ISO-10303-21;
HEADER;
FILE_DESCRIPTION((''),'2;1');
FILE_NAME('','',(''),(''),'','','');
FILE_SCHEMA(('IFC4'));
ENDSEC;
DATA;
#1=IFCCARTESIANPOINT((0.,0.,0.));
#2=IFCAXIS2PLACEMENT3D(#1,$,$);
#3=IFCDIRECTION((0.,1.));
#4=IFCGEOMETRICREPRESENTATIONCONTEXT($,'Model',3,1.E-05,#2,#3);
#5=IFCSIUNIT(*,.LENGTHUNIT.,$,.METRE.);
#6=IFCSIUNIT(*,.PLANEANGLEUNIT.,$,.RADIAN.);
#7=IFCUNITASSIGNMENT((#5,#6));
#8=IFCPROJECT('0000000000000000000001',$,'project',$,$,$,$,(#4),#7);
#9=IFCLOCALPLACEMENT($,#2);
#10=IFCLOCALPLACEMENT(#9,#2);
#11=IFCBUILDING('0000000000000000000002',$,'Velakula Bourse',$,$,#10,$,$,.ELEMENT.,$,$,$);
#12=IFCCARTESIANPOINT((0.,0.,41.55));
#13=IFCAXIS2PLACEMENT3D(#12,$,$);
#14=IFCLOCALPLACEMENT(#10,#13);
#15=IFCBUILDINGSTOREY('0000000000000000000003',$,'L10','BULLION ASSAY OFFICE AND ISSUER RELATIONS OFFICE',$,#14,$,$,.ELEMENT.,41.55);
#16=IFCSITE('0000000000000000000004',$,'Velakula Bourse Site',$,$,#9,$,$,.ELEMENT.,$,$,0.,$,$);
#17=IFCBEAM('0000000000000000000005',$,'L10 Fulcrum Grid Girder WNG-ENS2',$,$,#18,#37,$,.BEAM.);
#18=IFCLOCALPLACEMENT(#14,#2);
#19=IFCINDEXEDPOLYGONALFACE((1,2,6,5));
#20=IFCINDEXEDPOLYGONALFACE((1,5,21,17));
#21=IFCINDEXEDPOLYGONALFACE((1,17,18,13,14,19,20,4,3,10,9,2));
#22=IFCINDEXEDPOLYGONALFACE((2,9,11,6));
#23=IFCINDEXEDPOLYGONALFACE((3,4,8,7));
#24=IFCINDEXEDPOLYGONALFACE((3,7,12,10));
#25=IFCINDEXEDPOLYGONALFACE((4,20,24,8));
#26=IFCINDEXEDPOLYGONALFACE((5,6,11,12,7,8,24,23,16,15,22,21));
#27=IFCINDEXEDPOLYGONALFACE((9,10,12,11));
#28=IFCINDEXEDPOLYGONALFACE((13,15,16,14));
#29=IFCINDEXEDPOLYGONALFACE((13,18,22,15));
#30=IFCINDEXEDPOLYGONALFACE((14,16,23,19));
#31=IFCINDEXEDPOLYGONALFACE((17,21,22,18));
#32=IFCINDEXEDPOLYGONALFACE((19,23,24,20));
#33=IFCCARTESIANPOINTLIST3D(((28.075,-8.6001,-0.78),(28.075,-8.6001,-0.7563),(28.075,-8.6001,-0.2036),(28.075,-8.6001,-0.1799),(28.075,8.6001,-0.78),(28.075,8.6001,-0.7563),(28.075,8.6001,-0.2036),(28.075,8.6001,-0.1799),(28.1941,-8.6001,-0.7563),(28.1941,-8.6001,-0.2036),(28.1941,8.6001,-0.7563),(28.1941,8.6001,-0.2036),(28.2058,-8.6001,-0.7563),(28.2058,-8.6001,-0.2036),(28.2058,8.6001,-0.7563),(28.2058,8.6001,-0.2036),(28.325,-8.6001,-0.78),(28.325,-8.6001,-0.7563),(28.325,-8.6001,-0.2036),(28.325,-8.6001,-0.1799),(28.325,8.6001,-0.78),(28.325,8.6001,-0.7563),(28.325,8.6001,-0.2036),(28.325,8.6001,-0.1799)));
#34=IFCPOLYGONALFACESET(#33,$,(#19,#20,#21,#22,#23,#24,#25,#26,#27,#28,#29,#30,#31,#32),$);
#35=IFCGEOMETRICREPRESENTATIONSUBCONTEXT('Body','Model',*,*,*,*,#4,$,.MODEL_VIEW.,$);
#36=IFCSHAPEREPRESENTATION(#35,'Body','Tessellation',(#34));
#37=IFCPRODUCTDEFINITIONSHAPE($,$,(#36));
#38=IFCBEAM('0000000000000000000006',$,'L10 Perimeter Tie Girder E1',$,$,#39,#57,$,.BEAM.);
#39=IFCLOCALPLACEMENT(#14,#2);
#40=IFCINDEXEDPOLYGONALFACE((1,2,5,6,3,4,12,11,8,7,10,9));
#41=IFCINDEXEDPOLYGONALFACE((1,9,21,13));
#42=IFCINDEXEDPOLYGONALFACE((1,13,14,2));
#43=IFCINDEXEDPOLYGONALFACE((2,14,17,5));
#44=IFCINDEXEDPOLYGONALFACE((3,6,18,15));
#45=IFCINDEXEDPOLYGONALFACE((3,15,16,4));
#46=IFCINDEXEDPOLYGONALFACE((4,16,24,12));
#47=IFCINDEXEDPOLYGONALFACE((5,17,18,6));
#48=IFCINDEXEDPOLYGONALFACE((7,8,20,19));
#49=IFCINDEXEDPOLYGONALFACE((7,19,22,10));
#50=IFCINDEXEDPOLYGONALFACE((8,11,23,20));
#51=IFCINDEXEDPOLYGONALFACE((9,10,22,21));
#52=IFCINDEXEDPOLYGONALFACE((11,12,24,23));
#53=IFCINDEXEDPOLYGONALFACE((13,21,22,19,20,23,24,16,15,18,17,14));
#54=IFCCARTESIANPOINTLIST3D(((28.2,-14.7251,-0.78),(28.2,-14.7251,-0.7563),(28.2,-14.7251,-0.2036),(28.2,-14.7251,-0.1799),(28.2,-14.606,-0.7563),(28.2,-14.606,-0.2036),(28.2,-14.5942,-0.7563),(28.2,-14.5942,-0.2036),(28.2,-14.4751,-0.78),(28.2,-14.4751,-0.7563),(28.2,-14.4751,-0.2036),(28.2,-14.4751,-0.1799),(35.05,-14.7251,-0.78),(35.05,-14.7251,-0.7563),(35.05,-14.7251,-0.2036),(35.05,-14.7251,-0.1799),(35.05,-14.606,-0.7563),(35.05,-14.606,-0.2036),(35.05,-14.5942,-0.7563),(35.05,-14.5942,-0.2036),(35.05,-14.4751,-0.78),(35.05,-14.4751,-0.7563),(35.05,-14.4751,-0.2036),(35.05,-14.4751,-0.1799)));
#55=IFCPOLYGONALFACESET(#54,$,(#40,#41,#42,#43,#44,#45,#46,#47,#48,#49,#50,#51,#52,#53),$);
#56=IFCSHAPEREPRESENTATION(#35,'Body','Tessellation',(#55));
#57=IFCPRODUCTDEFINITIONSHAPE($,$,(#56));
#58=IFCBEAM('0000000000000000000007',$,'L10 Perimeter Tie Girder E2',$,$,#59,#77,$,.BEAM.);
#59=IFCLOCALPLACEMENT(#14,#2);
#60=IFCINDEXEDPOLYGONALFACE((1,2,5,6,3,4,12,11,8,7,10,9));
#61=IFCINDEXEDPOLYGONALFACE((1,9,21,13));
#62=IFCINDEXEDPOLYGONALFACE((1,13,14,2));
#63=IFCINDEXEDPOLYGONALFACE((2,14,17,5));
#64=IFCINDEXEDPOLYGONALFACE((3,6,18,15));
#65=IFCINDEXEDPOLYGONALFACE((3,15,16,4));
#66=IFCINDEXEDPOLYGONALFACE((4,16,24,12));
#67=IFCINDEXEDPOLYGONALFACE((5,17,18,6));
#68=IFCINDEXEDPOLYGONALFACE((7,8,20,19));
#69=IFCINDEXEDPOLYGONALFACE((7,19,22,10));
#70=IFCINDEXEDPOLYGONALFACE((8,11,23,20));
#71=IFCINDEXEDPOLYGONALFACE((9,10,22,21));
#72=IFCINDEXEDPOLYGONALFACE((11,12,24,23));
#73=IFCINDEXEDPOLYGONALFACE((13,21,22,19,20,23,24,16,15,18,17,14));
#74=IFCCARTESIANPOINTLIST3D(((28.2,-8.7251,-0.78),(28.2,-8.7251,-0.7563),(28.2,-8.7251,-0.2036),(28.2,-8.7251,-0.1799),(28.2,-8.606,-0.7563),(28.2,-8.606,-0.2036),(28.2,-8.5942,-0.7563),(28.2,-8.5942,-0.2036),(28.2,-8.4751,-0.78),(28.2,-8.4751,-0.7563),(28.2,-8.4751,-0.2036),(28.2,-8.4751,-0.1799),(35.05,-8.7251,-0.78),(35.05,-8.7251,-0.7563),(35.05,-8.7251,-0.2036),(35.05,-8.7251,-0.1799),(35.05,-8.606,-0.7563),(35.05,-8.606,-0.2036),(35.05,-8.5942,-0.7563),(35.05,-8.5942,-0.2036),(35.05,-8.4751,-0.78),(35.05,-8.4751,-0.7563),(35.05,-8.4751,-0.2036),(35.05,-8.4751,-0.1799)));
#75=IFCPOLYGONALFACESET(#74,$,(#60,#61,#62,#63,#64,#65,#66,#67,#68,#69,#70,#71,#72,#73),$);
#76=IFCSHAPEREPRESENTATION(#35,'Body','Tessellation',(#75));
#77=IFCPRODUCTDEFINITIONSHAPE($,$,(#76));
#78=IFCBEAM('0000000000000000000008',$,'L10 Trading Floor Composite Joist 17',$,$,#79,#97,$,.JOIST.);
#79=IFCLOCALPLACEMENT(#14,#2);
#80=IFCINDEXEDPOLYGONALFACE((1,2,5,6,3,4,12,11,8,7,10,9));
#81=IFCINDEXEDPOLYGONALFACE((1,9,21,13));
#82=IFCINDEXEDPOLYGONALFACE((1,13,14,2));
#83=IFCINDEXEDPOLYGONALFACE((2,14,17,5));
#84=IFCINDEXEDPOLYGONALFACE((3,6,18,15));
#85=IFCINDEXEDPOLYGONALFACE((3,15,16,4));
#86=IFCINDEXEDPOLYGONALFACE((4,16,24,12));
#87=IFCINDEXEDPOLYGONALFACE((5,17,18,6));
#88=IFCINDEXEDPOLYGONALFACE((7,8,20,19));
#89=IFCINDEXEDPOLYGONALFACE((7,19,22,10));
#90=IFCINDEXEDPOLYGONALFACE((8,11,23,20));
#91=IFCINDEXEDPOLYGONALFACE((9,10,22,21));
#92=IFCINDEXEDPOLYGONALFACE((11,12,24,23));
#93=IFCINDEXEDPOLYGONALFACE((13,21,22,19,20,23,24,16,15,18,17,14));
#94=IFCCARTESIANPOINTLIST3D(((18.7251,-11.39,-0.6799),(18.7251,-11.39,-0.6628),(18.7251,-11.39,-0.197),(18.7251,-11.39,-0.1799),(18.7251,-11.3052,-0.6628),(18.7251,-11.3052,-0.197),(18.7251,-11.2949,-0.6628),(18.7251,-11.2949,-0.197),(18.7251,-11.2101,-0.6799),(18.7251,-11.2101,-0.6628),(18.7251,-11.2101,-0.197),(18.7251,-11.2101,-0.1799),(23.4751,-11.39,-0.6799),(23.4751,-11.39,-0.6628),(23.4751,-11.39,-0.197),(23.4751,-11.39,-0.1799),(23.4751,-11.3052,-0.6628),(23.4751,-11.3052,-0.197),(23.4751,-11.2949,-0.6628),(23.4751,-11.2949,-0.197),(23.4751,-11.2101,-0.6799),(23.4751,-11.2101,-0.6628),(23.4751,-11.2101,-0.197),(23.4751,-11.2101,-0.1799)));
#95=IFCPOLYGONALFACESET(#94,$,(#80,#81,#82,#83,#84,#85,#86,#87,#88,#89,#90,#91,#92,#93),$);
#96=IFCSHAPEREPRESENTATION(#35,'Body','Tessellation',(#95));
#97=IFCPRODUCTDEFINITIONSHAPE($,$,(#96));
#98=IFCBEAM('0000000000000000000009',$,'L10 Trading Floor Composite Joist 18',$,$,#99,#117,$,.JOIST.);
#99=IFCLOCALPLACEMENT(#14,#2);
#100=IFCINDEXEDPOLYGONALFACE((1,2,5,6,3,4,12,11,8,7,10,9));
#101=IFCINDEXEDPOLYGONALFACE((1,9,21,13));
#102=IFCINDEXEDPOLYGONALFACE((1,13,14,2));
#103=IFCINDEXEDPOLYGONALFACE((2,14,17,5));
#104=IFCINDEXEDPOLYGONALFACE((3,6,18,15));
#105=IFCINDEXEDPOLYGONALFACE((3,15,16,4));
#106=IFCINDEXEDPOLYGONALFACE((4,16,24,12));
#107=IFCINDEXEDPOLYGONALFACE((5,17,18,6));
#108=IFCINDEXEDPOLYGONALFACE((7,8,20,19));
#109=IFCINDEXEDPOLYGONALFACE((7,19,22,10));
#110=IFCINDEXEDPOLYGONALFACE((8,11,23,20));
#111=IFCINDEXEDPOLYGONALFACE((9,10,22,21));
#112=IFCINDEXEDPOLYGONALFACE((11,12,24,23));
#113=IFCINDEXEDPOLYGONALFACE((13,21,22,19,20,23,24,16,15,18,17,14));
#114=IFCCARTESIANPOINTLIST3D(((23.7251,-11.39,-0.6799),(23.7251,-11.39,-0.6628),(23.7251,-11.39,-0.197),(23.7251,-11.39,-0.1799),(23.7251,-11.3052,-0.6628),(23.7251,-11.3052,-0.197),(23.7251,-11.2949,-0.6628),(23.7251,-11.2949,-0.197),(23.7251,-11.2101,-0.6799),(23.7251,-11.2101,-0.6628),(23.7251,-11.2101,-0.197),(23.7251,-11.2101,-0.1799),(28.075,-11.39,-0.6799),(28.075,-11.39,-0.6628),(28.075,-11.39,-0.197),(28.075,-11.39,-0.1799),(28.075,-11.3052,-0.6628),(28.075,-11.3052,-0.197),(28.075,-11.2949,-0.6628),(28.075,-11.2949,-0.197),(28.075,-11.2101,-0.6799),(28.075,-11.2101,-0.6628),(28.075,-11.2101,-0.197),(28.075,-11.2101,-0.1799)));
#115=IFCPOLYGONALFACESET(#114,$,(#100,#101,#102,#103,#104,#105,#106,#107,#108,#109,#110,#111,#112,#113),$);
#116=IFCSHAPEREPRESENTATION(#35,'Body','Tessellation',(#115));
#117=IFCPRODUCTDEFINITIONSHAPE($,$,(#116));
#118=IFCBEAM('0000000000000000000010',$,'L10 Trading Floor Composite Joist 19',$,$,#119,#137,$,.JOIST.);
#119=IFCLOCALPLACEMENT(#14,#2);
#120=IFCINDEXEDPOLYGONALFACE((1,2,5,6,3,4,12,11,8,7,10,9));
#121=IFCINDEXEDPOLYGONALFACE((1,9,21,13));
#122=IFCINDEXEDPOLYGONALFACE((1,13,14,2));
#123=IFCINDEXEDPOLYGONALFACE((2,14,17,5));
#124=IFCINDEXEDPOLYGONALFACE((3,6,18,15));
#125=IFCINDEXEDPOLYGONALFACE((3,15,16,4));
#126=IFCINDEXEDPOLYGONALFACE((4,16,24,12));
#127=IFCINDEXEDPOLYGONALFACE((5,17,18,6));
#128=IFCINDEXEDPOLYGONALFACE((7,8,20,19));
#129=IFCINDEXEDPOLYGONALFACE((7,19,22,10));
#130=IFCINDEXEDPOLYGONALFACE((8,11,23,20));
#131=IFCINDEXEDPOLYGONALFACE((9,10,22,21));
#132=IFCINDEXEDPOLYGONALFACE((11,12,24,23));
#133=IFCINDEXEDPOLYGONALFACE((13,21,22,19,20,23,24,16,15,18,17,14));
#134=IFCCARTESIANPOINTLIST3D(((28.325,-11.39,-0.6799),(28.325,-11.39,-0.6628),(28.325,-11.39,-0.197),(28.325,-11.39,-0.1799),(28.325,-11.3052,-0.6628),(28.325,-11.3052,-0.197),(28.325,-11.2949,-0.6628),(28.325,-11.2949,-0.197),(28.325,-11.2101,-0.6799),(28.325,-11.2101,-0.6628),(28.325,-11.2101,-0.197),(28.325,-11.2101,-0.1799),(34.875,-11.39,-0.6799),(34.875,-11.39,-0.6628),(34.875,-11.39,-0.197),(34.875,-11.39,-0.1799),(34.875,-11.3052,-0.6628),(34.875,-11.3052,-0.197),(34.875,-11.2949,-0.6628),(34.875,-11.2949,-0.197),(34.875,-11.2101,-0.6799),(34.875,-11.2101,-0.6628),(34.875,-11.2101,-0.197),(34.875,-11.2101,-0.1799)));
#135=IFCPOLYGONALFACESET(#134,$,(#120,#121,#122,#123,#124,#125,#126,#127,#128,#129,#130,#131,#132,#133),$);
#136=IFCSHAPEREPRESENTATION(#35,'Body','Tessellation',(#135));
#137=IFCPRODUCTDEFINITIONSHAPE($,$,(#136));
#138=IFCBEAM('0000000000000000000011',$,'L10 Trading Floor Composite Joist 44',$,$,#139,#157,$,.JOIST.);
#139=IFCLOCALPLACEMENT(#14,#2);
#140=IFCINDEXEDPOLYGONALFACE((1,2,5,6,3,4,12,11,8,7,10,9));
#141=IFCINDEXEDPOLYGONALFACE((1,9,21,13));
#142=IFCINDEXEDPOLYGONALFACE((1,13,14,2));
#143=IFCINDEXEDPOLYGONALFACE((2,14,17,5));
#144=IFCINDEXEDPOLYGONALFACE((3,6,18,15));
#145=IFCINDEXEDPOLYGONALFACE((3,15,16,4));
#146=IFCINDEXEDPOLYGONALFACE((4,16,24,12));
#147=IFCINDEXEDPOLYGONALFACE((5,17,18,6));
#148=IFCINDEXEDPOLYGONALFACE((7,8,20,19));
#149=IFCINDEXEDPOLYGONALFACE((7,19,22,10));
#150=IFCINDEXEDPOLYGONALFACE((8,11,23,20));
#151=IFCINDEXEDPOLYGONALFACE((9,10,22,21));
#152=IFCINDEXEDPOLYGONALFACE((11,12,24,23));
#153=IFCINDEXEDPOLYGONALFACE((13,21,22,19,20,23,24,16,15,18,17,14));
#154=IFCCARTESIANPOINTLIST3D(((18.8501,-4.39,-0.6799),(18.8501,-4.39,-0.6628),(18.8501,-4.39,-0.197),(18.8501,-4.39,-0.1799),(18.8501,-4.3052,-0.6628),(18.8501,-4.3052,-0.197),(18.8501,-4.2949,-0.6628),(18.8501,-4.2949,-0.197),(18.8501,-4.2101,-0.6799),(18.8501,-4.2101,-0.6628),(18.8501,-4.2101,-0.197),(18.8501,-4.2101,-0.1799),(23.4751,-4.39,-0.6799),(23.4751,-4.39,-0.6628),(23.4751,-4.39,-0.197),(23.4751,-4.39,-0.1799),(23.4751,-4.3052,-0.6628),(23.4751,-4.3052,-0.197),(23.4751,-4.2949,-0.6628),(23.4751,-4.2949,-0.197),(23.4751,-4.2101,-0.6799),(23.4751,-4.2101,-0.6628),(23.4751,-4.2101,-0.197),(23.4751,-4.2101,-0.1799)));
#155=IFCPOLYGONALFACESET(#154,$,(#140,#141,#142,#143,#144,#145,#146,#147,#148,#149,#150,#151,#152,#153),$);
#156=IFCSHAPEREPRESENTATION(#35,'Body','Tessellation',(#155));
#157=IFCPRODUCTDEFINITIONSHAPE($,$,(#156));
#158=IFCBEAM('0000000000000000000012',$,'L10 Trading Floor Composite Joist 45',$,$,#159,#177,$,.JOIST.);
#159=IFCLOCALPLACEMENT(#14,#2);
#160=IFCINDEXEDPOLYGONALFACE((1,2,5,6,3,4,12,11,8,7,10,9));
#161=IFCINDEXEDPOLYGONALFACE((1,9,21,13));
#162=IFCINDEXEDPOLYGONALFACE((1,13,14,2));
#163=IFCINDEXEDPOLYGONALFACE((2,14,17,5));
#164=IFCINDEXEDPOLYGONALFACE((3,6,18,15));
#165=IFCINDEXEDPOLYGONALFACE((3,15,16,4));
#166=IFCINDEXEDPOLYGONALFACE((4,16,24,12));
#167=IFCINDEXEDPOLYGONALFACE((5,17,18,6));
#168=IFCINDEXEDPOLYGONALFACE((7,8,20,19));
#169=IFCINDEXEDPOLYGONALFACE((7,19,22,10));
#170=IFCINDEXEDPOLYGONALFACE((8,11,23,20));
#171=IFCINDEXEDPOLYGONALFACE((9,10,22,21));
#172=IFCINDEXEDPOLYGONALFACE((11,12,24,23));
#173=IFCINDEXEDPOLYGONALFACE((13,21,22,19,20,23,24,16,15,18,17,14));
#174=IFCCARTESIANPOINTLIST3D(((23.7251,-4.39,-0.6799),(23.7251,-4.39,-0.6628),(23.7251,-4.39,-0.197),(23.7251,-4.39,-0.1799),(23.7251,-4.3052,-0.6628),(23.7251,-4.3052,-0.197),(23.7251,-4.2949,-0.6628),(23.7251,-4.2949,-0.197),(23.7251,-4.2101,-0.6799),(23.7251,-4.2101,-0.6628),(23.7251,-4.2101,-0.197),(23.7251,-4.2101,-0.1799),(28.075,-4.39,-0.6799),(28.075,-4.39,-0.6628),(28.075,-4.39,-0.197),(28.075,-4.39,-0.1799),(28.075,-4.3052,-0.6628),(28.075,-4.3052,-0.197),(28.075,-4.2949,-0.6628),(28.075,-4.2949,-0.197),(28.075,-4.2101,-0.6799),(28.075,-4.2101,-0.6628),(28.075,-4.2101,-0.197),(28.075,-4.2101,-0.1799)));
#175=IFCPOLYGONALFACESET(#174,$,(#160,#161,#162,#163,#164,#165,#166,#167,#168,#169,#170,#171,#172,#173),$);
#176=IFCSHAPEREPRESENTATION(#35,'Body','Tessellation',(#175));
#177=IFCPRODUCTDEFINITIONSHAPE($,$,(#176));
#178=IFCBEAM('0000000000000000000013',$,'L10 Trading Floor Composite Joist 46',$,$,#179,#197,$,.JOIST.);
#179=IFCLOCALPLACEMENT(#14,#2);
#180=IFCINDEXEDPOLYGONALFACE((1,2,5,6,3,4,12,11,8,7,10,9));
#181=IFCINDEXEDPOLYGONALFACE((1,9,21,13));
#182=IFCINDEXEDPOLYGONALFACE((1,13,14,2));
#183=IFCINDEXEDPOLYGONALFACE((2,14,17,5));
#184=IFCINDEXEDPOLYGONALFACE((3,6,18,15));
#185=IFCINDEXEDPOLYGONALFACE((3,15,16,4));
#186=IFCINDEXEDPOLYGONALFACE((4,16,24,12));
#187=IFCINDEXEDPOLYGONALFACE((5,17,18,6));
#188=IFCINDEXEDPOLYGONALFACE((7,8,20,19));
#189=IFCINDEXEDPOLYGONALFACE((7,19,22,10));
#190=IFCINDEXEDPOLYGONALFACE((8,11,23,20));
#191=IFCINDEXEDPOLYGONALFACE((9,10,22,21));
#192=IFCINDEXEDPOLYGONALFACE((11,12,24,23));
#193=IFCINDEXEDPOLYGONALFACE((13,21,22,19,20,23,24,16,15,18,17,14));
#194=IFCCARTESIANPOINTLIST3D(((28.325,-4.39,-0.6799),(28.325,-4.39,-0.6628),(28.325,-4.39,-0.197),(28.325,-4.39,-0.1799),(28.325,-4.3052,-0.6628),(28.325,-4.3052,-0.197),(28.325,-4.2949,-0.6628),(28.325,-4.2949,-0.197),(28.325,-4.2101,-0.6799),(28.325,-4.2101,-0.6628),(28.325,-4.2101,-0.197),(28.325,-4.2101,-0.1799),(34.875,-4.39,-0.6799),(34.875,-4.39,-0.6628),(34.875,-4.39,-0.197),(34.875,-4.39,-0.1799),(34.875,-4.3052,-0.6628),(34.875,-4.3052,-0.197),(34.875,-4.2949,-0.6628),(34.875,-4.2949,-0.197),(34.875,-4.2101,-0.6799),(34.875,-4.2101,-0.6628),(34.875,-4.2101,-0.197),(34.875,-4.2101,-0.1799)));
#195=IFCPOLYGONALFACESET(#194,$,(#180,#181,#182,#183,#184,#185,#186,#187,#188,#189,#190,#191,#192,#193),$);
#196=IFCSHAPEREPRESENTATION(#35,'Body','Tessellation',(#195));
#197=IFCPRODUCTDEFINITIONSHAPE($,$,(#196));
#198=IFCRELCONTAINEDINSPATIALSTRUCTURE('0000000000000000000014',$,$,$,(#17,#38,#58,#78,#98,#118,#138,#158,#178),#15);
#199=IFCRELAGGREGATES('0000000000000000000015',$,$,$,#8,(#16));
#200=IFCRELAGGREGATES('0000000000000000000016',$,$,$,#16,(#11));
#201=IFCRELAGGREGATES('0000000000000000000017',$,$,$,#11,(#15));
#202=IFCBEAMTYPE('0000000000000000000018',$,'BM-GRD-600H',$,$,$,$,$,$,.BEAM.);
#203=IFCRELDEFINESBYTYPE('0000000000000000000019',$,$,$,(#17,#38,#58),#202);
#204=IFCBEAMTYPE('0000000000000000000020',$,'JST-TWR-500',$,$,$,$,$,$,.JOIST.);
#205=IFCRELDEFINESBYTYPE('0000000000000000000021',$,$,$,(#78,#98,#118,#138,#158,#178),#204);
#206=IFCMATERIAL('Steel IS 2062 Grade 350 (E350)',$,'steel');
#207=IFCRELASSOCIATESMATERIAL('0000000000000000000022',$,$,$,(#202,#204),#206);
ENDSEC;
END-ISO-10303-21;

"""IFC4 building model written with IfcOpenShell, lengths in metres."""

from ifc_helpers import new_model, si_unit, direction, frame, origin, origin_2d, place, context, subcontext, project, spatial, i_section, extrude, material, material_profile, profile_set, type_object, element, save


model = new_model("IFC4")

# Units and contexts
model_context = context("Model", 3, precision=1e-05, world=origin(), true_north=direction((0.0, 1.0)))
body_context = subcontext(model_context, "Body", "Model", "MODEL_VIEW")
ifc_project = project(units=[si_unit("LENGTHUNIT", "METRE"), si_unit("PLANEANGLEUNIT", "RADIAN")], contexts=[model_context])

# Site, building, storey
site_placement = place(None, origin())
site = spatial("IfcSite", under=ifc_project, at=site_placement, Name="Velakula Bourse Site", CompositionType="ELEMENT", RefElevation=0.0)
building_placement = place(site_placement, origin())
building = spatial("IfcBuilding", under=site, at=building_placement, Name="Velakula Bourse", CompositionType="ELEMENT")
storey_placement = place(building_placement, frame((0.0, 0.0, 41.55)))
storey = spatial("IfcBuildingStorey", under=building, at=storey_placement, Name="L10", Description="BULLION ASSAY OFFICE AND ISSUER RELATIONS OFFICE", CompositionType="ELEMENT", Elevation=41.55)

# Beams
ifc_material_1 = material(Name="Steel IS 2062 Grade 350 (E350)", Category="steel")
ifc_material_profile_1 = material_profile(ifc_material_1, i_section(OverallWidth=0.25, OverallDepth=0.6001, WebThickness=0.0117, FlangeThickness=0.0237, at=origin_2d()), Name="Steel IS 2062 Grade 350 (E350)")
ifc_profile_set_1 = profile_set([ifc_material_profile_1], Name="Steel IS 2062 Grade 350 (E350)")
beam_type_1 = type_object("IfcBeamType", Name="BM-GRD-600H", PredefinedType="BEAM", material=ifc_profile_set_1)
beam_1_placement = place(storey_placement, frame((28.2, -8.6001, -0.48), z_axis=(0.0, 1.0, 0.0), x_axis=(-1.0, 0.0, 0.0)))
element("IfcBeam", 1, at=beam_1_placement, inside=storey, type_object=beam_type_1, Name="L10 Fulcrum Grid Girder WNG-ENS2", PredefinedType="BEAM", context=body_context, shape_type="SweptSolid", body=[
    extrude(i_section(OverallWidth=0.25, OverallDepth=0.6001, WebThickness=0.0117, FlangeThickness=0.0237, at=origin_2d()), origin(), (0.0, 0.0, 1.0), 17.2002),
])
for number, where, z_axis, x_axis, name in (
    (2, (28.2, -14.6001, -0.48), (1.0, 0.0, 0.0), (0.0, 1.0, 0.0), "L10 Perimeter Tie Girder E1"),
    (3, (28.2, -8.6001, -0.48), (1.0, 0.0, 0.0), (0.0, 1.0, 0.0), "L10 Perimeter Tie Girder E2"),
):
    element("IfcBeam", number, at=place(storey_placement, frame(where, z_axis=z_axis, x_axis=x_axis)), inside=storey, type_object=beam_type_1, Name=name, PredefinedType="BEAM", context=body_context, shape_type="SweptSolid", body=[
        extrude(i_section(OverallWidth=0.25, OverallDepth=0.6001, WebThickness=0.0117, FlangeThickness=0.0237, at=origin_2d()), origin(), (0.0, 0.0, 1.0), 6.8501),
    ])
ifc_material_profile_2 = material_profile(ifc_material_1, i_section(OverallWidth=0.1799, OverallDepth=0.5, WebThickness=0.0103, FlangeThickness=0.0171, at=origin_2d()), Name="Steel IS 2062 Grade 350 (E350)")
ifc_profile_set_2 = profile_set([ifc_material_profile_2], Name="Steel IS 2062 Grade 350 (E350)")
beam_type_2 = type_object("IfcBeamType", Name="JST-TWR-500", PredefinedType="JOIST", material=ifc_profile_set_2)
beam_2_placement = place(storey_placement, frame((18.7251, -11.3, -0.4299), z_axis=(1.0, 0.0, 0.0), x_axis=(0.0, 1.0, 0.0)))
element("IfcBeam", 4, at=beam_2_placement, inside=storey, type_object=beam_type_2, Name="L10 Trading Floor Composite Joist 17", PredefinedType="JOIST", context=body_context, shape_type="SweptSolid", body=[
    extrude(i_section(OverallWidth=0.1799, OverallDepth=0.5, WebThickness=0.0103, FlangeThickness=0.0171, at=origin_2d()), origin(), (0.0, 0.0, 1.0), 4.75),
])
beam_3_placement = place(storey_placement, frame((23.7251, -11.3, -0.4299), z_axis=(1.0, 0.0, 0.0), x_axis=(0.0, 1.0, 0.0)))
element("IfcBeam", 5, at=beam_3_placement, inside=storey, type_object=beam_type_2, Name="L10 Trading Floor Composite Joist 18", PredefinedType="JOIST", context=body_context, shape_type="SweptSolid", body=[
    extrude(i_section(OverallWidth=0.1799, OverallDepth=0.5, WebThickness=0.0103, FlangeThickness=0.0171, at=origin_2d()), origin(), (0.0, 0.0, 1.0), 4.3499),
])
beam_4_placement = place(storey_placement, frame((28.325, -11.3, -0.4299), z_axis=(1.0, 0.0, 0.0), x_axis=(0.0, 1.0, 0.0)))
element("IfcBeam", 6, at=beam_4_placement, inside=storey, type_object=beam_type_2, Name="L10 Trading Floor Composite Joist 19", PredefinedType="JOIST", context=body_context, shape_type="SweptSolid", body=[
    extrude(i_section(OverallWidth=0.1799, OverallDepth=0.5, WebThickness=0.0103, FlangeThickness=0.0171, at=origin_2d()), origin(), (0.0, 0.0, 1.0), 6.55),
])
beam_5_placement = place(storey_placement, frame((18.8501, -4.3, -0.4299), z_axis=(1.0, 0.0, 0.0), x_axis=(0.0, 1.0, 0.0)))
element("IfcBeam", 7, at=beam_5_placement, inside=storey, type_object=beam_type_2, Name="L10 Trading Floor Composite Joist 44", PredefinedType="JOIST", context=body_context, shape_type="SweptSolid", body=[
    extrude(i_section(OverallWidth=0.1799, OverallDepth=0.5, WebThickness=0.0103, FlangeThickness=0.0171, at=origin_2d()), origin(), (0.0, 0.0, 1.0), 4.625),
])
beam_6_placement = place(storey_placement, frame((23.7251, -4.3, -0.4299), z_axis=(1.0, 0.0, 0.0), x_axis=(0.0, 1.0, 0.0)))
element("IfcBeam", 8, at=beam_6_placement, inside=storey, type_object=beam_type_2, Name="L10 Trading Floor Composite Joist 45", PredefinedType="JOIST", context=body_context, shape_type="SweptSolid", body=[
    extrude(i_section(OverallWidth=0.1799, OverallDepth=0.5, WebThickness=0.0103, FlangeThickness=0.0171, at=origin_2d()), origin(), (0.0, 0.0, 1.0), 4.3499),
])
beam_7_placement = place(storey_placement, frame((28.325, -4.3, -0.4299), z_axis=(1.0, 0.0, 0.0), x_axis=(0.0, 1.0, 0.0)))
element("IfcBeam", 9, at=beam_7_placement, inside=storey, type_object=beam_type_2, Name="L10 Trading Floor Composite Joist 46", PredefinedType="JOIST", context=body_context, shape_type="SweptSolid", body=[
    extrude(i_section(OverallWidth=0.1799, OverallDepth=0.5, WebThickness=0.0103, FlangeThickness=0.0171, at=origin_2d()), origin(), (0.0, 0.0, 1.0), 6.55),
])

save(model, "model.ifc")
